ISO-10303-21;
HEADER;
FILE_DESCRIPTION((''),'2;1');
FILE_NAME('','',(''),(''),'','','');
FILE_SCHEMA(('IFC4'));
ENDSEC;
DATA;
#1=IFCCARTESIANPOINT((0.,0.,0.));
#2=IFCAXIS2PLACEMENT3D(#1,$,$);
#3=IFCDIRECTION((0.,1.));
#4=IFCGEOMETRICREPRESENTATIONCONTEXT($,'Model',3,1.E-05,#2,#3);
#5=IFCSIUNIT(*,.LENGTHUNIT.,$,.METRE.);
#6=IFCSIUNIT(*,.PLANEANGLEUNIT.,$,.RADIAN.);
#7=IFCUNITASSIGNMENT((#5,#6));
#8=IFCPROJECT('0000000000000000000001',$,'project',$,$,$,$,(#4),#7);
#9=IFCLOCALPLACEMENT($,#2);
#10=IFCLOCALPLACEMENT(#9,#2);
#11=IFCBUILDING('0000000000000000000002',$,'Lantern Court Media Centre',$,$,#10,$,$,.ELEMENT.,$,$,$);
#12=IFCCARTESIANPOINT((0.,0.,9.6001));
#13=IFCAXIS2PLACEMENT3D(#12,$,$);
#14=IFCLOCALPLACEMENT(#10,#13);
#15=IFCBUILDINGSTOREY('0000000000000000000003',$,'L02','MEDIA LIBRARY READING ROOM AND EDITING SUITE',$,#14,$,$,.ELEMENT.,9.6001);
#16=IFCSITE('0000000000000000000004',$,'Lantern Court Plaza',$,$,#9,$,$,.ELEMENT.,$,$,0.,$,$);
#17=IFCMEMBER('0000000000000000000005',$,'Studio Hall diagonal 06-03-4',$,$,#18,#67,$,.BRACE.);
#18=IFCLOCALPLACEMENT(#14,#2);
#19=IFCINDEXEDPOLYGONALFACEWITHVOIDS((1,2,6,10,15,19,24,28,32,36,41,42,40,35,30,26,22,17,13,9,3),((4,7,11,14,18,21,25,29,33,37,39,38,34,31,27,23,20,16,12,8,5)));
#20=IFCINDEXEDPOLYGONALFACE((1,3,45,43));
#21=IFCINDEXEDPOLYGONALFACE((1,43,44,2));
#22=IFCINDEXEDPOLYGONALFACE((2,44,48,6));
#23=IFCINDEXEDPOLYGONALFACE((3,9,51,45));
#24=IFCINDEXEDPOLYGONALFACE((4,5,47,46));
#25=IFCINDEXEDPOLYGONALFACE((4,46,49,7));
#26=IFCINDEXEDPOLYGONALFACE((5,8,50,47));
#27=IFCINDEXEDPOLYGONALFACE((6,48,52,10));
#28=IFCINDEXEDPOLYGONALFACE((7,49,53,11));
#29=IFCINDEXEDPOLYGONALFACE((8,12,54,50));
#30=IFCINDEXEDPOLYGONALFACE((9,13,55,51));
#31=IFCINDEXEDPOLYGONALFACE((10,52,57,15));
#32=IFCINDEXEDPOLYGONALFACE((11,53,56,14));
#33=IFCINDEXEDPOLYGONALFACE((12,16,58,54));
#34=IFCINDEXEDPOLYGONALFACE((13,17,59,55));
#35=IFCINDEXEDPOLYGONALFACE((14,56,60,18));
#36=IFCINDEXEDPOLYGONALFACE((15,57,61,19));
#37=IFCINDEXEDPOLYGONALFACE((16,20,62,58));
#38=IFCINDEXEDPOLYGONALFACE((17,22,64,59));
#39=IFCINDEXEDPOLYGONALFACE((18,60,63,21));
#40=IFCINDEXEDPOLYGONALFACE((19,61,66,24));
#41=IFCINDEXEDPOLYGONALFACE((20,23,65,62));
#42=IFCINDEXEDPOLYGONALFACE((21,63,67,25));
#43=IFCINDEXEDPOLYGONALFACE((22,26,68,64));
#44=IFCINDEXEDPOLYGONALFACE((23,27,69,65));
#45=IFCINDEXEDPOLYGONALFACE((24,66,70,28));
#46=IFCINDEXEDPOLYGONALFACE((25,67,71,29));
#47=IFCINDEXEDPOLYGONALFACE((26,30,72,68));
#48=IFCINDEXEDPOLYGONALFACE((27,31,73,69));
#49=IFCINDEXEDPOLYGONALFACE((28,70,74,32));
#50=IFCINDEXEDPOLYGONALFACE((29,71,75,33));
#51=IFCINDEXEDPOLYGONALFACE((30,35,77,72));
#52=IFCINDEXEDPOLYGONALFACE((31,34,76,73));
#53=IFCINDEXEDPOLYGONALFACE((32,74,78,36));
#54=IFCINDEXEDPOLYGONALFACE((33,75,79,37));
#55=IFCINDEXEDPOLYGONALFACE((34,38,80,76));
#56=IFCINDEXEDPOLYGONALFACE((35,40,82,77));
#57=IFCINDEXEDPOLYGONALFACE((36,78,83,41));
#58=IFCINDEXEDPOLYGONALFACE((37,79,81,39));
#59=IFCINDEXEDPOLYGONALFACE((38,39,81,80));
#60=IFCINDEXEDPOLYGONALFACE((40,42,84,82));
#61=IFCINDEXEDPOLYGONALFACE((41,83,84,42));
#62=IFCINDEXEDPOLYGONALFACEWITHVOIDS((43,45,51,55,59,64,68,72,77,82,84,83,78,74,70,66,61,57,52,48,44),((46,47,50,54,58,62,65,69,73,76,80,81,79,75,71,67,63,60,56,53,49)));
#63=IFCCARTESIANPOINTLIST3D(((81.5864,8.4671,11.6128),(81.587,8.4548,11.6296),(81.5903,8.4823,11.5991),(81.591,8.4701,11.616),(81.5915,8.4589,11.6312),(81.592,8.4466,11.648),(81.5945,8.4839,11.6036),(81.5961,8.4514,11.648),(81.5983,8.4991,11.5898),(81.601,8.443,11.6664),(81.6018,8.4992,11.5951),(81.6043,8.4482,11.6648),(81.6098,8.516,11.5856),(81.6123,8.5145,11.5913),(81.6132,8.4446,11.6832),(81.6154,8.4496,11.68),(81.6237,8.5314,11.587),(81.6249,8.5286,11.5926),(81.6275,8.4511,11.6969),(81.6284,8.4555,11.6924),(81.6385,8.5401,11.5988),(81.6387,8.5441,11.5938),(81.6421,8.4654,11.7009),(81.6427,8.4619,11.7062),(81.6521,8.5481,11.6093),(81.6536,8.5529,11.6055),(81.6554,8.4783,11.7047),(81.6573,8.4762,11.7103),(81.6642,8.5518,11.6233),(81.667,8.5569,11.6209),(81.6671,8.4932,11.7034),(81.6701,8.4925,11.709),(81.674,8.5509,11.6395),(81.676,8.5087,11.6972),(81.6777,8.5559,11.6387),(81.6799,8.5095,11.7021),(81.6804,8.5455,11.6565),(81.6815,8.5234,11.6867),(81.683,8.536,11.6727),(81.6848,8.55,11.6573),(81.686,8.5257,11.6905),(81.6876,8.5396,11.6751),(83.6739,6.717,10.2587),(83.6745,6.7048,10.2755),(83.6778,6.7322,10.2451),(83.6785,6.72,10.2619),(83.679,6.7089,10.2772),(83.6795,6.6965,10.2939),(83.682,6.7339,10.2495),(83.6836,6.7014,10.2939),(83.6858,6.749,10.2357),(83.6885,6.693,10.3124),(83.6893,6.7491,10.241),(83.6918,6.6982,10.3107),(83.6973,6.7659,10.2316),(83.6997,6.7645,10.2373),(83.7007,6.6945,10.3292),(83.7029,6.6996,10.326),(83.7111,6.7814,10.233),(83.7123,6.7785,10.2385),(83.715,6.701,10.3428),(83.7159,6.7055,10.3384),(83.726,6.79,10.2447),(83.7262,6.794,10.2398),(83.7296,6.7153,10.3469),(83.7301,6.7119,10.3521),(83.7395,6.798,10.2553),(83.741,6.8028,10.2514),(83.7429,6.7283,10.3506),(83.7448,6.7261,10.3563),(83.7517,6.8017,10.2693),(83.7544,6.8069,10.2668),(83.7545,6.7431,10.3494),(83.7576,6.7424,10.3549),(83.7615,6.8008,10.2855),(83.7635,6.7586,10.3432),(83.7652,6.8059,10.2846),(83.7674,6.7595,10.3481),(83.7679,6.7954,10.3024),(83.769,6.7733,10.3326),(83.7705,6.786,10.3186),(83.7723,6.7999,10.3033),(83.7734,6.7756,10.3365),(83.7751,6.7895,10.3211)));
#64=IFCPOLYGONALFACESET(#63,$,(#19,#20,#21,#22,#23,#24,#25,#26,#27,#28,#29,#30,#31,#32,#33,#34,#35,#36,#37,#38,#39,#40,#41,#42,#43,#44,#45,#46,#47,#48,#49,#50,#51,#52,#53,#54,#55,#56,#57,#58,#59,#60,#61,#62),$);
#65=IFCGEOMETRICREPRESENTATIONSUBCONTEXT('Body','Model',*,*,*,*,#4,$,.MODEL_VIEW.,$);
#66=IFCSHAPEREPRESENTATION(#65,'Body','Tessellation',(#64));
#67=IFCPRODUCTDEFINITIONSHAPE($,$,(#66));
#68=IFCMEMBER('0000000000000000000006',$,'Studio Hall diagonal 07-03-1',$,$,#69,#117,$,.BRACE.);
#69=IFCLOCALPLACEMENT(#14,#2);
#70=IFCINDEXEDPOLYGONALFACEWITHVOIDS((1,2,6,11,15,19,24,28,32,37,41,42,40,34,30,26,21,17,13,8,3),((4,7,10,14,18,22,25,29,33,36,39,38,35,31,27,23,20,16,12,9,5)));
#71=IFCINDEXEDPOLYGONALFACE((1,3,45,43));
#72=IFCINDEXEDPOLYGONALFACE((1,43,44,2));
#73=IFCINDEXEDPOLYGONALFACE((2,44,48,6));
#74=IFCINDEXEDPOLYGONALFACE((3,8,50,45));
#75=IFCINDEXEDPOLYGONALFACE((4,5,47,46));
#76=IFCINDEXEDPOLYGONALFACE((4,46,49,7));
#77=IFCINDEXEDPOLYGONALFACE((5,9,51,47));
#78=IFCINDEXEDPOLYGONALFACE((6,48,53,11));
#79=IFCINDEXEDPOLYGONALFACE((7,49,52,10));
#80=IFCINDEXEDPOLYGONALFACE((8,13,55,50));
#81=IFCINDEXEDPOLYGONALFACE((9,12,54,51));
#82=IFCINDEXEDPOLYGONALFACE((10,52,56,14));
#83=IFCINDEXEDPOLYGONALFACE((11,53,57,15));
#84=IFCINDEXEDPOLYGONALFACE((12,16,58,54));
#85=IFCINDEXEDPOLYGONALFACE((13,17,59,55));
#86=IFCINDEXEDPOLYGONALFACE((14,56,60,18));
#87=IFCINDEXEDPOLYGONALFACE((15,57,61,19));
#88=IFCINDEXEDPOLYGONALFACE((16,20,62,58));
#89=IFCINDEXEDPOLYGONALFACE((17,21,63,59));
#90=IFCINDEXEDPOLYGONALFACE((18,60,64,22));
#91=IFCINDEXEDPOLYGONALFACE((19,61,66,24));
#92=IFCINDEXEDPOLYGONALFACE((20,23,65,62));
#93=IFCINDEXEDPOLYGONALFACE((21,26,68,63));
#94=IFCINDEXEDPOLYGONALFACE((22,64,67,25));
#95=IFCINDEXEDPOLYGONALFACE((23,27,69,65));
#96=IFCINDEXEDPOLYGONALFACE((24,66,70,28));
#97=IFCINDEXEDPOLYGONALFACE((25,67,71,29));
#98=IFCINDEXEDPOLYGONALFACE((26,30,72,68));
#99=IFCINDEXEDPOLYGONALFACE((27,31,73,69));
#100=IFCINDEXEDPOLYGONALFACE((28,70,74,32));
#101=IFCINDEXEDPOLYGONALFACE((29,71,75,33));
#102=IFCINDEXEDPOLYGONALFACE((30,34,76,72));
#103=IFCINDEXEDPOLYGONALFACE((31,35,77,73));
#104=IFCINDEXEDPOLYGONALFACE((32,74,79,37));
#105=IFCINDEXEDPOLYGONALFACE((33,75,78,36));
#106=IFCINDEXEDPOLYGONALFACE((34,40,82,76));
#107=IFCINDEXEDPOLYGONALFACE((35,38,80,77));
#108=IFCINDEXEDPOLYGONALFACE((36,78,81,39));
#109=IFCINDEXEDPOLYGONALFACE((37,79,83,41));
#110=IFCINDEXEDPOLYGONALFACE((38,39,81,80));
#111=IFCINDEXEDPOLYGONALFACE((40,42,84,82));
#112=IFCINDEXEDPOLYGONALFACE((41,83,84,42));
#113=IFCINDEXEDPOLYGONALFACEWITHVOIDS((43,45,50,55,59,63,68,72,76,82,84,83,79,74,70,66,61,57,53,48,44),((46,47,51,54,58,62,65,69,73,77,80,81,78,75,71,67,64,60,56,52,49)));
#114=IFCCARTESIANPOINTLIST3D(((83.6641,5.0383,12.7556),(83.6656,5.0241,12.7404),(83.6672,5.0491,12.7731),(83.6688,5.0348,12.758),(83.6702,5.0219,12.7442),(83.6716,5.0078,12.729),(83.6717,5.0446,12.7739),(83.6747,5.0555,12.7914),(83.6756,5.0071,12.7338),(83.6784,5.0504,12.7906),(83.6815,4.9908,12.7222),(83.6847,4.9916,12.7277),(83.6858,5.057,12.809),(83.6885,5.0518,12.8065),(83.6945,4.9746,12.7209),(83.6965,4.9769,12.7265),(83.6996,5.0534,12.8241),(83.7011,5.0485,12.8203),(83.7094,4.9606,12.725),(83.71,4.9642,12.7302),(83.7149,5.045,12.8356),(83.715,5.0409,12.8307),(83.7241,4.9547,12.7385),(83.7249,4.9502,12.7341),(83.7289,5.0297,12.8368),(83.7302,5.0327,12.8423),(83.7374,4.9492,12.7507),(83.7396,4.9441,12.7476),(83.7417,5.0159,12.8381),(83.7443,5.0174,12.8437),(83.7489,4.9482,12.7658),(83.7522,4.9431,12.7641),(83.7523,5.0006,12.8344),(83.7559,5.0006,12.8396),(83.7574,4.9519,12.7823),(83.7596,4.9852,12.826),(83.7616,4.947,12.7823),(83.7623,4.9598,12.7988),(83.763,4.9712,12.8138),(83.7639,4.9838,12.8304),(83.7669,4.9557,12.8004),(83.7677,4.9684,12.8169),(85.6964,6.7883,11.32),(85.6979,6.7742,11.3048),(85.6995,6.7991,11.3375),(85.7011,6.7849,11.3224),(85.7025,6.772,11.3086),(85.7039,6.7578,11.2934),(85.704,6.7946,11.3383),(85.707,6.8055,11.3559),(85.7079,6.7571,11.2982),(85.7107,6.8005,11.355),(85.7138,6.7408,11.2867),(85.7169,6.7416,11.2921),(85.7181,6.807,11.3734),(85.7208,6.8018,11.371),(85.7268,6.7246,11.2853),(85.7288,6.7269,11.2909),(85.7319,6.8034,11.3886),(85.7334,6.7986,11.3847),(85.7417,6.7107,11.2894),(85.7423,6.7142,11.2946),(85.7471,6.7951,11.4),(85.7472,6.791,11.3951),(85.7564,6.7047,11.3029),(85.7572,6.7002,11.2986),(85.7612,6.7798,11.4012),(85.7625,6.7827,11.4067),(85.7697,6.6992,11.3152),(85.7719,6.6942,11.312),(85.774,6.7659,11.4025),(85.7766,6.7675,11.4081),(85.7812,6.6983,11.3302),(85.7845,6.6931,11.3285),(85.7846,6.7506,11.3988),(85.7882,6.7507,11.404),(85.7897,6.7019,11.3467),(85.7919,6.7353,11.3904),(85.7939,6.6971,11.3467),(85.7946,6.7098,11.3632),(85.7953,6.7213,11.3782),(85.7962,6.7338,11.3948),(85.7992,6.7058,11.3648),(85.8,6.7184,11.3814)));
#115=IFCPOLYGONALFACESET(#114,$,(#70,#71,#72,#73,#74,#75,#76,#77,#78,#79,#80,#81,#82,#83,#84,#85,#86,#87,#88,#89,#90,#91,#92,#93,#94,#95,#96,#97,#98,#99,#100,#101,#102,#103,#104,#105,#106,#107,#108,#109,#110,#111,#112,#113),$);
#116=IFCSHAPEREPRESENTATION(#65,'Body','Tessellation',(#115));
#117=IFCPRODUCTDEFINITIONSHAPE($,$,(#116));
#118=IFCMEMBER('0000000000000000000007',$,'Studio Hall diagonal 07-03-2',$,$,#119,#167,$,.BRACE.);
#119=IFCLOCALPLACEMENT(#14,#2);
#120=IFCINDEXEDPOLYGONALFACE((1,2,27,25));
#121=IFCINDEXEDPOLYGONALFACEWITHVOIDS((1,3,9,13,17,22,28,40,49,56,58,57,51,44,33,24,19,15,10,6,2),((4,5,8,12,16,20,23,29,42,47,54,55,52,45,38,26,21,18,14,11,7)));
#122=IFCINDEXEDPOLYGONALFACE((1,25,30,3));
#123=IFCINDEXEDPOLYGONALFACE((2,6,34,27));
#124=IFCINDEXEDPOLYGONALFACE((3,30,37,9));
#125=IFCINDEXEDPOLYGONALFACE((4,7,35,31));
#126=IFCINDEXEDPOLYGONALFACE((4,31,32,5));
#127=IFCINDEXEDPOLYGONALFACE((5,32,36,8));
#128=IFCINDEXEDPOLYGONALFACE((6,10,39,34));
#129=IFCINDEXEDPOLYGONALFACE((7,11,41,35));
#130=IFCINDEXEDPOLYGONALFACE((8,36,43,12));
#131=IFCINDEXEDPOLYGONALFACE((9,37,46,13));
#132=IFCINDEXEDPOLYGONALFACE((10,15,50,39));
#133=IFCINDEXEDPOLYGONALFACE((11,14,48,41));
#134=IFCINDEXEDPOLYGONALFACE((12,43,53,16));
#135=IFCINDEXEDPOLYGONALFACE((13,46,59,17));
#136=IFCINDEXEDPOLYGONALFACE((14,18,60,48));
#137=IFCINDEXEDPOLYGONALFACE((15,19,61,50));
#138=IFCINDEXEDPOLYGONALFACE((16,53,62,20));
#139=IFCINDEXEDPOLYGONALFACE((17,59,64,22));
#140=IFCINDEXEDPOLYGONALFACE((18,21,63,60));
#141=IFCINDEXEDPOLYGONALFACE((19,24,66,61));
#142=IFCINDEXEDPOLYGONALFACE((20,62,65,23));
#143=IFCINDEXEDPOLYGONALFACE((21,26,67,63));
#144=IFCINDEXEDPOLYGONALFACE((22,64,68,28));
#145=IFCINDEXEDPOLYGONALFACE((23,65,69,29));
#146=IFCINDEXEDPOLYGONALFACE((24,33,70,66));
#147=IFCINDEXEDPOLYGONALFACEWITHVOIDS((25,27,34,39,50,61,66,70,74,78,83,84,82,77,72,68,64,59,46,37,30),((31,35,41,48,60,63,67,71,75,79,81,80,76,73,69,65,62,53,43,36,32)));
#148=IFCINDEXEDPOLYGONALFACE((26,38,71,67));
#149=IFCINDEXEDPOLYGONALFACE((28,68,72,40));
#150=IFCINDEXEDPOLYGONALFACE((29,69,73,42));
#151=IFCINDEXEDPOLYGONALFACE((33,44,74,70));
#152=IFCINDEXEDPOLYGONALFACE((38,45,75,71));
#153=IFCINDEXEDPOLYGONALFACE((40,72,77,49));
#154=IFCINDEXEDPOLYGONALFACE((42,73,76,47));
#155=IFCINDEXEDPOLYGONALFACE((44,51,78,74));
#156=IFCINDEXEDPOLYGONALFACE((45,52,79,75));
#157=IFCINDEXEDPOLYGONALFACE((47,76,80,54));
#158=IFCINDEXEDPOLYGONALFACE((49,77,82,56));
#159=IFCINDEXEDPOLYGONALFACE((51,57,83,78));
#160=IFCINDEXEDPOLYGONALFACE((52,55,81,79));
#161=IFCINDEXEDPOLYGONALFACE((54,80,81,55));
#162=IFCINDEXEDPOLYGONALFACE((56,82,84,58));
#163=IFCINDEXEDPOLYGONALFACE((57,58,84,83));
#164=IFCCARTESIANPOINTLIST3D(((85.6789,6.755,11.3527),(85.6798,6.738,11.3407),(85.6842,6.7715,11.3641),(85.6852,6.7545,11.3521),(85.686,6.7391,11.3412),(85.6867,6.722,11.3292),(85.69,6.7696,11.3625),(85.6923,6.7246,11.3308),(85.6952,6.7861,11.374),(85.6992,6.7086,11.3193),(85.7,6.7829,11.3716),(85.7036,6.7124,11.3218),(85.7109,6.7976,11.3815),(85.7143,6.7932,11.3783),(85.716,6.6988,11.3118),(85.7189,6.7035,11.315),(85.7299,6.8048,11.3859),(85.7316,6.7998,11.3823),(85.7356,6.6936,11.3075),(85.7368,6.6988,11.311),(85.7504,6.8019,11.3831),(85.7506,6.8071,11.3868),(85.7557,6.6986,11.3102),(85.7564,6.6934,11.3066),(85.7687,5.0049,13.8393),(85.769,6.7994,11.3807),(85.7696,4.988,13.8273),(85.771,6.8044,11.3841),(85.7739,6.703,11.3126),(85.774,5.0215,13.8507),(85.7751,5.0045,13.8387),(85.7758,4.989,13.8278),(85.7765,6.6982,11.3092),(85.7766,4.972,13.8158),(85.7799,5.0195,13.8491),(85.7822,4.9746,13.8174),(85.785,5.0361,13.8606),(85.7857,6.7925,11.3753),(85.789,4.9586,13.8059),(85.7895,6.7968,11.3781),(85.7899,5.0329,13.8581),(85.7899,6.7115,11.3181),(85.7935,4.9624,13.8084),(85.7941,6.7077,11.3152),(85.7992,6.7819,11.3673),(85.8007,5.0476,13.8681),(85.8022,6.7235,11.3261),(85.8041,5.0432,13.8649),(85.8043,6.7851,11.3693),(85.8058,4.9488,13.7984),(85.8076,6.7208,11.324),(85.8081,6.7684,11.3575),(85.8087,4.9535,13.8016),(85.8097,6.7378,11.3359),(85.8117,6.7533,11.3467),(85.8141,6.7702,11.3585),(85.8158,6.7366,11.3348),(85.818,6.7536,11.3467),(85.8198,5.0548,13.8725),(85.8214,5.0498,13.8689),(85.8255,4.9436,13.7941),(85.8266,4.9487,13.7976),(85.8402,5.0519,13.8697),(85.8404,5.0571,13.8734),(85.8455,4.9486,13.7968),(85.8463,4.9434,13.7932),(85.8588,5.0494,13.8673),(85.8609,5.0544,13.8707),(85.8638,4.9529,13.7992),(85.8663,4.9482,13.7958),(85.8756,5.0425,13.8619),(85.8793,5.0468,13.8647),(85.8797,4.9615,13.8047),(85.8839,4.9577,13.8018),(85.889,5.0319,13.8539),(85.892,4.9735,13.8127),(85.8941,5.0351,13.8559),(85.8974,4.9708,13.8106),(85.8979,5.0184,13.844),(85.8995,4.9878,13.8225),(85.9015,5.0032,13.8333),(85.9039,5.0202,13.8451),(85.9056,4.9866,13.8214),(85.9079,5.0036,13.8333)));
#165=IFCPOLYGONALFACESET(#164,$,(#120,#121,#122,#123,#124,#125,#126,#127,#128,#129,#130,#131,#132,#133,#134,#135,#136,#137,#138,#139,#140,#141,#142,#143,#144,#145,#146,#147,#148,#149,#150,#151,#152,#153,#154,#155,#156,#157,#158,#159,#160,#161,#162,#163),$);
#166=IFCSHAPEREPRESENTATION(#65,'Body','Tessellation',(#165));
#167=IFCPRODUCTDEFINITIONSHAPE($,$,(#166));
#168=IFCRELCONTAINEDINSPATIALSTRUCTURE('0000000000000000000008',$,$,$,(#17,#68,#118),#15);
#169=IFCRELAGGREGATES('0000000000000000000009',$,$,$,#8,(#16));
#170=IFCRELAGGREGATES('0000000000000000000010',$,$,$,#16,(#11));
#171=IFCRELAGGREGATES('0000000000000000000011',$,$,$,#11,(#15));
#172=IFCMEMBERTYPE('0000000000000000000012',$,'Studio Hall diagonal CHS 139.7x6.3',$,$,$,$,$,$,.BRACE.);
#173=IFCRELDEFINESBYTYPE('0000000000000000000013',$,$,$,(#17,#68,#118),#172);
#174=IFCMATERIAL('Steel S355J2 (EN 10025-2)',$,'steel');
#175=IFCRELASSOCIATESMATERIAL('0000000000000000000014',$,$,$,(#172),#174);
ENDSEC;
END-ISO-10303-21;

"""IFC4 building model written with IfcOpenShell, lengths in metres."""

from ifc_helpers import new_model, si_unit, direction, frame, origin, origin_2d, place, context, subcontext, project, spatial, hollow_circle, extrude, material, material_profile, profile_set, type_object, element, save


model = new_model("IFC4")

# Units and contexts
model_context = context("Model", 3, precision=1e-05, world=origin(), true_north=direction((0.0, 1.0)))
body_context = subcontext(model_context, "Body", "Model", "MODEL_VIEW")
ifc_project = project(units=[si_unit("LENGTHUNIT", "METRE"), si_unit("PLANEANGLEUNIT", "RADIAN")], contexts=[model_context])

# Site, building, storey
site_placement = place(None, origin())
site = spatial("IfcSite", under=ifc_project, at=site_placement, Name="Lantern Court Plaza", CompositionType="ELEMENT", RefElevation=0.0)
building_placement = place(site_placement, origin())
building = spatial("IfcBuilding", under=site, at=building_placement, Name="Lantern Court Media Centre", CompositionType="ELEMENT")
storey_placement = place(building_placement, frame((0.0, 0.0, 9.6001)))
storey = spatial("IfcBuildingStorey", under=building, at=storey_placement, Name="L02", Description="MEDIA LIBRARY READING ROOM AND EDITING SUITE", CompositionType="ELEMENT", Elevation=9.6001)

# Members
ifc_material = material(Name="Steel S355J2 (EN 10025-2)", Category="steel")
ifc_material_profile_1 = material_profile(ifc_material, hollow_circle(Radius=0.0698, WallThickness=0.0063, at=origin_2d()), Name="Studio Hall diagonal CHS 139.7x6.3")
ifc_profile_set_1 = profile_set([ifc_material_profile_1], Name="Steel S355J2 (EN 10025-2)")
member_type_1 = type_object("IfcMemberType", Name="Studio Hall diagonal CHS 139.7x6.3", PredefinedType="BRACE", material=ifc_profile_set_1)
for number, where, z_axis, x_axis, name in (
    (1, (83.7244, 6.75, 10.2939), (-0.68622, 0.575301, 0.44512), (-0.642456, -0.766322, 0.0), "Studio Hall diagonal 06-03-4"),
    (2, (85.7483, 6.75, 11.3467), (-0.668075, -0.575296, 0.471922), (0.652529, -0.757764, 0.0), "Studio Hall diagonal 07-03-1"),
    (3, (85.7483, 6.75, 11.3467), (0.029535, -0.575284, 0.81742), (0.998685, 0.051272, 0.0), "Studio Hall diagonal 07-03-2"),
):
    element("IfcMember", number, at=place(storey_placement, frame(where, z_axis=z_axis, x_axis=x_axis)), inside=storey, type_object=member_type_1, Name=name, PredefinedType="BRACE", context=body_context, shape_type="SweptSolid", body=[
        extrude(hollow_circle(Radius=0.0698, WallThickness=0.0063, at=origin_2d()), origin(), (0.0, 0.0, 1.0), 3.042),
    ])

save(model, "model.ifc")
